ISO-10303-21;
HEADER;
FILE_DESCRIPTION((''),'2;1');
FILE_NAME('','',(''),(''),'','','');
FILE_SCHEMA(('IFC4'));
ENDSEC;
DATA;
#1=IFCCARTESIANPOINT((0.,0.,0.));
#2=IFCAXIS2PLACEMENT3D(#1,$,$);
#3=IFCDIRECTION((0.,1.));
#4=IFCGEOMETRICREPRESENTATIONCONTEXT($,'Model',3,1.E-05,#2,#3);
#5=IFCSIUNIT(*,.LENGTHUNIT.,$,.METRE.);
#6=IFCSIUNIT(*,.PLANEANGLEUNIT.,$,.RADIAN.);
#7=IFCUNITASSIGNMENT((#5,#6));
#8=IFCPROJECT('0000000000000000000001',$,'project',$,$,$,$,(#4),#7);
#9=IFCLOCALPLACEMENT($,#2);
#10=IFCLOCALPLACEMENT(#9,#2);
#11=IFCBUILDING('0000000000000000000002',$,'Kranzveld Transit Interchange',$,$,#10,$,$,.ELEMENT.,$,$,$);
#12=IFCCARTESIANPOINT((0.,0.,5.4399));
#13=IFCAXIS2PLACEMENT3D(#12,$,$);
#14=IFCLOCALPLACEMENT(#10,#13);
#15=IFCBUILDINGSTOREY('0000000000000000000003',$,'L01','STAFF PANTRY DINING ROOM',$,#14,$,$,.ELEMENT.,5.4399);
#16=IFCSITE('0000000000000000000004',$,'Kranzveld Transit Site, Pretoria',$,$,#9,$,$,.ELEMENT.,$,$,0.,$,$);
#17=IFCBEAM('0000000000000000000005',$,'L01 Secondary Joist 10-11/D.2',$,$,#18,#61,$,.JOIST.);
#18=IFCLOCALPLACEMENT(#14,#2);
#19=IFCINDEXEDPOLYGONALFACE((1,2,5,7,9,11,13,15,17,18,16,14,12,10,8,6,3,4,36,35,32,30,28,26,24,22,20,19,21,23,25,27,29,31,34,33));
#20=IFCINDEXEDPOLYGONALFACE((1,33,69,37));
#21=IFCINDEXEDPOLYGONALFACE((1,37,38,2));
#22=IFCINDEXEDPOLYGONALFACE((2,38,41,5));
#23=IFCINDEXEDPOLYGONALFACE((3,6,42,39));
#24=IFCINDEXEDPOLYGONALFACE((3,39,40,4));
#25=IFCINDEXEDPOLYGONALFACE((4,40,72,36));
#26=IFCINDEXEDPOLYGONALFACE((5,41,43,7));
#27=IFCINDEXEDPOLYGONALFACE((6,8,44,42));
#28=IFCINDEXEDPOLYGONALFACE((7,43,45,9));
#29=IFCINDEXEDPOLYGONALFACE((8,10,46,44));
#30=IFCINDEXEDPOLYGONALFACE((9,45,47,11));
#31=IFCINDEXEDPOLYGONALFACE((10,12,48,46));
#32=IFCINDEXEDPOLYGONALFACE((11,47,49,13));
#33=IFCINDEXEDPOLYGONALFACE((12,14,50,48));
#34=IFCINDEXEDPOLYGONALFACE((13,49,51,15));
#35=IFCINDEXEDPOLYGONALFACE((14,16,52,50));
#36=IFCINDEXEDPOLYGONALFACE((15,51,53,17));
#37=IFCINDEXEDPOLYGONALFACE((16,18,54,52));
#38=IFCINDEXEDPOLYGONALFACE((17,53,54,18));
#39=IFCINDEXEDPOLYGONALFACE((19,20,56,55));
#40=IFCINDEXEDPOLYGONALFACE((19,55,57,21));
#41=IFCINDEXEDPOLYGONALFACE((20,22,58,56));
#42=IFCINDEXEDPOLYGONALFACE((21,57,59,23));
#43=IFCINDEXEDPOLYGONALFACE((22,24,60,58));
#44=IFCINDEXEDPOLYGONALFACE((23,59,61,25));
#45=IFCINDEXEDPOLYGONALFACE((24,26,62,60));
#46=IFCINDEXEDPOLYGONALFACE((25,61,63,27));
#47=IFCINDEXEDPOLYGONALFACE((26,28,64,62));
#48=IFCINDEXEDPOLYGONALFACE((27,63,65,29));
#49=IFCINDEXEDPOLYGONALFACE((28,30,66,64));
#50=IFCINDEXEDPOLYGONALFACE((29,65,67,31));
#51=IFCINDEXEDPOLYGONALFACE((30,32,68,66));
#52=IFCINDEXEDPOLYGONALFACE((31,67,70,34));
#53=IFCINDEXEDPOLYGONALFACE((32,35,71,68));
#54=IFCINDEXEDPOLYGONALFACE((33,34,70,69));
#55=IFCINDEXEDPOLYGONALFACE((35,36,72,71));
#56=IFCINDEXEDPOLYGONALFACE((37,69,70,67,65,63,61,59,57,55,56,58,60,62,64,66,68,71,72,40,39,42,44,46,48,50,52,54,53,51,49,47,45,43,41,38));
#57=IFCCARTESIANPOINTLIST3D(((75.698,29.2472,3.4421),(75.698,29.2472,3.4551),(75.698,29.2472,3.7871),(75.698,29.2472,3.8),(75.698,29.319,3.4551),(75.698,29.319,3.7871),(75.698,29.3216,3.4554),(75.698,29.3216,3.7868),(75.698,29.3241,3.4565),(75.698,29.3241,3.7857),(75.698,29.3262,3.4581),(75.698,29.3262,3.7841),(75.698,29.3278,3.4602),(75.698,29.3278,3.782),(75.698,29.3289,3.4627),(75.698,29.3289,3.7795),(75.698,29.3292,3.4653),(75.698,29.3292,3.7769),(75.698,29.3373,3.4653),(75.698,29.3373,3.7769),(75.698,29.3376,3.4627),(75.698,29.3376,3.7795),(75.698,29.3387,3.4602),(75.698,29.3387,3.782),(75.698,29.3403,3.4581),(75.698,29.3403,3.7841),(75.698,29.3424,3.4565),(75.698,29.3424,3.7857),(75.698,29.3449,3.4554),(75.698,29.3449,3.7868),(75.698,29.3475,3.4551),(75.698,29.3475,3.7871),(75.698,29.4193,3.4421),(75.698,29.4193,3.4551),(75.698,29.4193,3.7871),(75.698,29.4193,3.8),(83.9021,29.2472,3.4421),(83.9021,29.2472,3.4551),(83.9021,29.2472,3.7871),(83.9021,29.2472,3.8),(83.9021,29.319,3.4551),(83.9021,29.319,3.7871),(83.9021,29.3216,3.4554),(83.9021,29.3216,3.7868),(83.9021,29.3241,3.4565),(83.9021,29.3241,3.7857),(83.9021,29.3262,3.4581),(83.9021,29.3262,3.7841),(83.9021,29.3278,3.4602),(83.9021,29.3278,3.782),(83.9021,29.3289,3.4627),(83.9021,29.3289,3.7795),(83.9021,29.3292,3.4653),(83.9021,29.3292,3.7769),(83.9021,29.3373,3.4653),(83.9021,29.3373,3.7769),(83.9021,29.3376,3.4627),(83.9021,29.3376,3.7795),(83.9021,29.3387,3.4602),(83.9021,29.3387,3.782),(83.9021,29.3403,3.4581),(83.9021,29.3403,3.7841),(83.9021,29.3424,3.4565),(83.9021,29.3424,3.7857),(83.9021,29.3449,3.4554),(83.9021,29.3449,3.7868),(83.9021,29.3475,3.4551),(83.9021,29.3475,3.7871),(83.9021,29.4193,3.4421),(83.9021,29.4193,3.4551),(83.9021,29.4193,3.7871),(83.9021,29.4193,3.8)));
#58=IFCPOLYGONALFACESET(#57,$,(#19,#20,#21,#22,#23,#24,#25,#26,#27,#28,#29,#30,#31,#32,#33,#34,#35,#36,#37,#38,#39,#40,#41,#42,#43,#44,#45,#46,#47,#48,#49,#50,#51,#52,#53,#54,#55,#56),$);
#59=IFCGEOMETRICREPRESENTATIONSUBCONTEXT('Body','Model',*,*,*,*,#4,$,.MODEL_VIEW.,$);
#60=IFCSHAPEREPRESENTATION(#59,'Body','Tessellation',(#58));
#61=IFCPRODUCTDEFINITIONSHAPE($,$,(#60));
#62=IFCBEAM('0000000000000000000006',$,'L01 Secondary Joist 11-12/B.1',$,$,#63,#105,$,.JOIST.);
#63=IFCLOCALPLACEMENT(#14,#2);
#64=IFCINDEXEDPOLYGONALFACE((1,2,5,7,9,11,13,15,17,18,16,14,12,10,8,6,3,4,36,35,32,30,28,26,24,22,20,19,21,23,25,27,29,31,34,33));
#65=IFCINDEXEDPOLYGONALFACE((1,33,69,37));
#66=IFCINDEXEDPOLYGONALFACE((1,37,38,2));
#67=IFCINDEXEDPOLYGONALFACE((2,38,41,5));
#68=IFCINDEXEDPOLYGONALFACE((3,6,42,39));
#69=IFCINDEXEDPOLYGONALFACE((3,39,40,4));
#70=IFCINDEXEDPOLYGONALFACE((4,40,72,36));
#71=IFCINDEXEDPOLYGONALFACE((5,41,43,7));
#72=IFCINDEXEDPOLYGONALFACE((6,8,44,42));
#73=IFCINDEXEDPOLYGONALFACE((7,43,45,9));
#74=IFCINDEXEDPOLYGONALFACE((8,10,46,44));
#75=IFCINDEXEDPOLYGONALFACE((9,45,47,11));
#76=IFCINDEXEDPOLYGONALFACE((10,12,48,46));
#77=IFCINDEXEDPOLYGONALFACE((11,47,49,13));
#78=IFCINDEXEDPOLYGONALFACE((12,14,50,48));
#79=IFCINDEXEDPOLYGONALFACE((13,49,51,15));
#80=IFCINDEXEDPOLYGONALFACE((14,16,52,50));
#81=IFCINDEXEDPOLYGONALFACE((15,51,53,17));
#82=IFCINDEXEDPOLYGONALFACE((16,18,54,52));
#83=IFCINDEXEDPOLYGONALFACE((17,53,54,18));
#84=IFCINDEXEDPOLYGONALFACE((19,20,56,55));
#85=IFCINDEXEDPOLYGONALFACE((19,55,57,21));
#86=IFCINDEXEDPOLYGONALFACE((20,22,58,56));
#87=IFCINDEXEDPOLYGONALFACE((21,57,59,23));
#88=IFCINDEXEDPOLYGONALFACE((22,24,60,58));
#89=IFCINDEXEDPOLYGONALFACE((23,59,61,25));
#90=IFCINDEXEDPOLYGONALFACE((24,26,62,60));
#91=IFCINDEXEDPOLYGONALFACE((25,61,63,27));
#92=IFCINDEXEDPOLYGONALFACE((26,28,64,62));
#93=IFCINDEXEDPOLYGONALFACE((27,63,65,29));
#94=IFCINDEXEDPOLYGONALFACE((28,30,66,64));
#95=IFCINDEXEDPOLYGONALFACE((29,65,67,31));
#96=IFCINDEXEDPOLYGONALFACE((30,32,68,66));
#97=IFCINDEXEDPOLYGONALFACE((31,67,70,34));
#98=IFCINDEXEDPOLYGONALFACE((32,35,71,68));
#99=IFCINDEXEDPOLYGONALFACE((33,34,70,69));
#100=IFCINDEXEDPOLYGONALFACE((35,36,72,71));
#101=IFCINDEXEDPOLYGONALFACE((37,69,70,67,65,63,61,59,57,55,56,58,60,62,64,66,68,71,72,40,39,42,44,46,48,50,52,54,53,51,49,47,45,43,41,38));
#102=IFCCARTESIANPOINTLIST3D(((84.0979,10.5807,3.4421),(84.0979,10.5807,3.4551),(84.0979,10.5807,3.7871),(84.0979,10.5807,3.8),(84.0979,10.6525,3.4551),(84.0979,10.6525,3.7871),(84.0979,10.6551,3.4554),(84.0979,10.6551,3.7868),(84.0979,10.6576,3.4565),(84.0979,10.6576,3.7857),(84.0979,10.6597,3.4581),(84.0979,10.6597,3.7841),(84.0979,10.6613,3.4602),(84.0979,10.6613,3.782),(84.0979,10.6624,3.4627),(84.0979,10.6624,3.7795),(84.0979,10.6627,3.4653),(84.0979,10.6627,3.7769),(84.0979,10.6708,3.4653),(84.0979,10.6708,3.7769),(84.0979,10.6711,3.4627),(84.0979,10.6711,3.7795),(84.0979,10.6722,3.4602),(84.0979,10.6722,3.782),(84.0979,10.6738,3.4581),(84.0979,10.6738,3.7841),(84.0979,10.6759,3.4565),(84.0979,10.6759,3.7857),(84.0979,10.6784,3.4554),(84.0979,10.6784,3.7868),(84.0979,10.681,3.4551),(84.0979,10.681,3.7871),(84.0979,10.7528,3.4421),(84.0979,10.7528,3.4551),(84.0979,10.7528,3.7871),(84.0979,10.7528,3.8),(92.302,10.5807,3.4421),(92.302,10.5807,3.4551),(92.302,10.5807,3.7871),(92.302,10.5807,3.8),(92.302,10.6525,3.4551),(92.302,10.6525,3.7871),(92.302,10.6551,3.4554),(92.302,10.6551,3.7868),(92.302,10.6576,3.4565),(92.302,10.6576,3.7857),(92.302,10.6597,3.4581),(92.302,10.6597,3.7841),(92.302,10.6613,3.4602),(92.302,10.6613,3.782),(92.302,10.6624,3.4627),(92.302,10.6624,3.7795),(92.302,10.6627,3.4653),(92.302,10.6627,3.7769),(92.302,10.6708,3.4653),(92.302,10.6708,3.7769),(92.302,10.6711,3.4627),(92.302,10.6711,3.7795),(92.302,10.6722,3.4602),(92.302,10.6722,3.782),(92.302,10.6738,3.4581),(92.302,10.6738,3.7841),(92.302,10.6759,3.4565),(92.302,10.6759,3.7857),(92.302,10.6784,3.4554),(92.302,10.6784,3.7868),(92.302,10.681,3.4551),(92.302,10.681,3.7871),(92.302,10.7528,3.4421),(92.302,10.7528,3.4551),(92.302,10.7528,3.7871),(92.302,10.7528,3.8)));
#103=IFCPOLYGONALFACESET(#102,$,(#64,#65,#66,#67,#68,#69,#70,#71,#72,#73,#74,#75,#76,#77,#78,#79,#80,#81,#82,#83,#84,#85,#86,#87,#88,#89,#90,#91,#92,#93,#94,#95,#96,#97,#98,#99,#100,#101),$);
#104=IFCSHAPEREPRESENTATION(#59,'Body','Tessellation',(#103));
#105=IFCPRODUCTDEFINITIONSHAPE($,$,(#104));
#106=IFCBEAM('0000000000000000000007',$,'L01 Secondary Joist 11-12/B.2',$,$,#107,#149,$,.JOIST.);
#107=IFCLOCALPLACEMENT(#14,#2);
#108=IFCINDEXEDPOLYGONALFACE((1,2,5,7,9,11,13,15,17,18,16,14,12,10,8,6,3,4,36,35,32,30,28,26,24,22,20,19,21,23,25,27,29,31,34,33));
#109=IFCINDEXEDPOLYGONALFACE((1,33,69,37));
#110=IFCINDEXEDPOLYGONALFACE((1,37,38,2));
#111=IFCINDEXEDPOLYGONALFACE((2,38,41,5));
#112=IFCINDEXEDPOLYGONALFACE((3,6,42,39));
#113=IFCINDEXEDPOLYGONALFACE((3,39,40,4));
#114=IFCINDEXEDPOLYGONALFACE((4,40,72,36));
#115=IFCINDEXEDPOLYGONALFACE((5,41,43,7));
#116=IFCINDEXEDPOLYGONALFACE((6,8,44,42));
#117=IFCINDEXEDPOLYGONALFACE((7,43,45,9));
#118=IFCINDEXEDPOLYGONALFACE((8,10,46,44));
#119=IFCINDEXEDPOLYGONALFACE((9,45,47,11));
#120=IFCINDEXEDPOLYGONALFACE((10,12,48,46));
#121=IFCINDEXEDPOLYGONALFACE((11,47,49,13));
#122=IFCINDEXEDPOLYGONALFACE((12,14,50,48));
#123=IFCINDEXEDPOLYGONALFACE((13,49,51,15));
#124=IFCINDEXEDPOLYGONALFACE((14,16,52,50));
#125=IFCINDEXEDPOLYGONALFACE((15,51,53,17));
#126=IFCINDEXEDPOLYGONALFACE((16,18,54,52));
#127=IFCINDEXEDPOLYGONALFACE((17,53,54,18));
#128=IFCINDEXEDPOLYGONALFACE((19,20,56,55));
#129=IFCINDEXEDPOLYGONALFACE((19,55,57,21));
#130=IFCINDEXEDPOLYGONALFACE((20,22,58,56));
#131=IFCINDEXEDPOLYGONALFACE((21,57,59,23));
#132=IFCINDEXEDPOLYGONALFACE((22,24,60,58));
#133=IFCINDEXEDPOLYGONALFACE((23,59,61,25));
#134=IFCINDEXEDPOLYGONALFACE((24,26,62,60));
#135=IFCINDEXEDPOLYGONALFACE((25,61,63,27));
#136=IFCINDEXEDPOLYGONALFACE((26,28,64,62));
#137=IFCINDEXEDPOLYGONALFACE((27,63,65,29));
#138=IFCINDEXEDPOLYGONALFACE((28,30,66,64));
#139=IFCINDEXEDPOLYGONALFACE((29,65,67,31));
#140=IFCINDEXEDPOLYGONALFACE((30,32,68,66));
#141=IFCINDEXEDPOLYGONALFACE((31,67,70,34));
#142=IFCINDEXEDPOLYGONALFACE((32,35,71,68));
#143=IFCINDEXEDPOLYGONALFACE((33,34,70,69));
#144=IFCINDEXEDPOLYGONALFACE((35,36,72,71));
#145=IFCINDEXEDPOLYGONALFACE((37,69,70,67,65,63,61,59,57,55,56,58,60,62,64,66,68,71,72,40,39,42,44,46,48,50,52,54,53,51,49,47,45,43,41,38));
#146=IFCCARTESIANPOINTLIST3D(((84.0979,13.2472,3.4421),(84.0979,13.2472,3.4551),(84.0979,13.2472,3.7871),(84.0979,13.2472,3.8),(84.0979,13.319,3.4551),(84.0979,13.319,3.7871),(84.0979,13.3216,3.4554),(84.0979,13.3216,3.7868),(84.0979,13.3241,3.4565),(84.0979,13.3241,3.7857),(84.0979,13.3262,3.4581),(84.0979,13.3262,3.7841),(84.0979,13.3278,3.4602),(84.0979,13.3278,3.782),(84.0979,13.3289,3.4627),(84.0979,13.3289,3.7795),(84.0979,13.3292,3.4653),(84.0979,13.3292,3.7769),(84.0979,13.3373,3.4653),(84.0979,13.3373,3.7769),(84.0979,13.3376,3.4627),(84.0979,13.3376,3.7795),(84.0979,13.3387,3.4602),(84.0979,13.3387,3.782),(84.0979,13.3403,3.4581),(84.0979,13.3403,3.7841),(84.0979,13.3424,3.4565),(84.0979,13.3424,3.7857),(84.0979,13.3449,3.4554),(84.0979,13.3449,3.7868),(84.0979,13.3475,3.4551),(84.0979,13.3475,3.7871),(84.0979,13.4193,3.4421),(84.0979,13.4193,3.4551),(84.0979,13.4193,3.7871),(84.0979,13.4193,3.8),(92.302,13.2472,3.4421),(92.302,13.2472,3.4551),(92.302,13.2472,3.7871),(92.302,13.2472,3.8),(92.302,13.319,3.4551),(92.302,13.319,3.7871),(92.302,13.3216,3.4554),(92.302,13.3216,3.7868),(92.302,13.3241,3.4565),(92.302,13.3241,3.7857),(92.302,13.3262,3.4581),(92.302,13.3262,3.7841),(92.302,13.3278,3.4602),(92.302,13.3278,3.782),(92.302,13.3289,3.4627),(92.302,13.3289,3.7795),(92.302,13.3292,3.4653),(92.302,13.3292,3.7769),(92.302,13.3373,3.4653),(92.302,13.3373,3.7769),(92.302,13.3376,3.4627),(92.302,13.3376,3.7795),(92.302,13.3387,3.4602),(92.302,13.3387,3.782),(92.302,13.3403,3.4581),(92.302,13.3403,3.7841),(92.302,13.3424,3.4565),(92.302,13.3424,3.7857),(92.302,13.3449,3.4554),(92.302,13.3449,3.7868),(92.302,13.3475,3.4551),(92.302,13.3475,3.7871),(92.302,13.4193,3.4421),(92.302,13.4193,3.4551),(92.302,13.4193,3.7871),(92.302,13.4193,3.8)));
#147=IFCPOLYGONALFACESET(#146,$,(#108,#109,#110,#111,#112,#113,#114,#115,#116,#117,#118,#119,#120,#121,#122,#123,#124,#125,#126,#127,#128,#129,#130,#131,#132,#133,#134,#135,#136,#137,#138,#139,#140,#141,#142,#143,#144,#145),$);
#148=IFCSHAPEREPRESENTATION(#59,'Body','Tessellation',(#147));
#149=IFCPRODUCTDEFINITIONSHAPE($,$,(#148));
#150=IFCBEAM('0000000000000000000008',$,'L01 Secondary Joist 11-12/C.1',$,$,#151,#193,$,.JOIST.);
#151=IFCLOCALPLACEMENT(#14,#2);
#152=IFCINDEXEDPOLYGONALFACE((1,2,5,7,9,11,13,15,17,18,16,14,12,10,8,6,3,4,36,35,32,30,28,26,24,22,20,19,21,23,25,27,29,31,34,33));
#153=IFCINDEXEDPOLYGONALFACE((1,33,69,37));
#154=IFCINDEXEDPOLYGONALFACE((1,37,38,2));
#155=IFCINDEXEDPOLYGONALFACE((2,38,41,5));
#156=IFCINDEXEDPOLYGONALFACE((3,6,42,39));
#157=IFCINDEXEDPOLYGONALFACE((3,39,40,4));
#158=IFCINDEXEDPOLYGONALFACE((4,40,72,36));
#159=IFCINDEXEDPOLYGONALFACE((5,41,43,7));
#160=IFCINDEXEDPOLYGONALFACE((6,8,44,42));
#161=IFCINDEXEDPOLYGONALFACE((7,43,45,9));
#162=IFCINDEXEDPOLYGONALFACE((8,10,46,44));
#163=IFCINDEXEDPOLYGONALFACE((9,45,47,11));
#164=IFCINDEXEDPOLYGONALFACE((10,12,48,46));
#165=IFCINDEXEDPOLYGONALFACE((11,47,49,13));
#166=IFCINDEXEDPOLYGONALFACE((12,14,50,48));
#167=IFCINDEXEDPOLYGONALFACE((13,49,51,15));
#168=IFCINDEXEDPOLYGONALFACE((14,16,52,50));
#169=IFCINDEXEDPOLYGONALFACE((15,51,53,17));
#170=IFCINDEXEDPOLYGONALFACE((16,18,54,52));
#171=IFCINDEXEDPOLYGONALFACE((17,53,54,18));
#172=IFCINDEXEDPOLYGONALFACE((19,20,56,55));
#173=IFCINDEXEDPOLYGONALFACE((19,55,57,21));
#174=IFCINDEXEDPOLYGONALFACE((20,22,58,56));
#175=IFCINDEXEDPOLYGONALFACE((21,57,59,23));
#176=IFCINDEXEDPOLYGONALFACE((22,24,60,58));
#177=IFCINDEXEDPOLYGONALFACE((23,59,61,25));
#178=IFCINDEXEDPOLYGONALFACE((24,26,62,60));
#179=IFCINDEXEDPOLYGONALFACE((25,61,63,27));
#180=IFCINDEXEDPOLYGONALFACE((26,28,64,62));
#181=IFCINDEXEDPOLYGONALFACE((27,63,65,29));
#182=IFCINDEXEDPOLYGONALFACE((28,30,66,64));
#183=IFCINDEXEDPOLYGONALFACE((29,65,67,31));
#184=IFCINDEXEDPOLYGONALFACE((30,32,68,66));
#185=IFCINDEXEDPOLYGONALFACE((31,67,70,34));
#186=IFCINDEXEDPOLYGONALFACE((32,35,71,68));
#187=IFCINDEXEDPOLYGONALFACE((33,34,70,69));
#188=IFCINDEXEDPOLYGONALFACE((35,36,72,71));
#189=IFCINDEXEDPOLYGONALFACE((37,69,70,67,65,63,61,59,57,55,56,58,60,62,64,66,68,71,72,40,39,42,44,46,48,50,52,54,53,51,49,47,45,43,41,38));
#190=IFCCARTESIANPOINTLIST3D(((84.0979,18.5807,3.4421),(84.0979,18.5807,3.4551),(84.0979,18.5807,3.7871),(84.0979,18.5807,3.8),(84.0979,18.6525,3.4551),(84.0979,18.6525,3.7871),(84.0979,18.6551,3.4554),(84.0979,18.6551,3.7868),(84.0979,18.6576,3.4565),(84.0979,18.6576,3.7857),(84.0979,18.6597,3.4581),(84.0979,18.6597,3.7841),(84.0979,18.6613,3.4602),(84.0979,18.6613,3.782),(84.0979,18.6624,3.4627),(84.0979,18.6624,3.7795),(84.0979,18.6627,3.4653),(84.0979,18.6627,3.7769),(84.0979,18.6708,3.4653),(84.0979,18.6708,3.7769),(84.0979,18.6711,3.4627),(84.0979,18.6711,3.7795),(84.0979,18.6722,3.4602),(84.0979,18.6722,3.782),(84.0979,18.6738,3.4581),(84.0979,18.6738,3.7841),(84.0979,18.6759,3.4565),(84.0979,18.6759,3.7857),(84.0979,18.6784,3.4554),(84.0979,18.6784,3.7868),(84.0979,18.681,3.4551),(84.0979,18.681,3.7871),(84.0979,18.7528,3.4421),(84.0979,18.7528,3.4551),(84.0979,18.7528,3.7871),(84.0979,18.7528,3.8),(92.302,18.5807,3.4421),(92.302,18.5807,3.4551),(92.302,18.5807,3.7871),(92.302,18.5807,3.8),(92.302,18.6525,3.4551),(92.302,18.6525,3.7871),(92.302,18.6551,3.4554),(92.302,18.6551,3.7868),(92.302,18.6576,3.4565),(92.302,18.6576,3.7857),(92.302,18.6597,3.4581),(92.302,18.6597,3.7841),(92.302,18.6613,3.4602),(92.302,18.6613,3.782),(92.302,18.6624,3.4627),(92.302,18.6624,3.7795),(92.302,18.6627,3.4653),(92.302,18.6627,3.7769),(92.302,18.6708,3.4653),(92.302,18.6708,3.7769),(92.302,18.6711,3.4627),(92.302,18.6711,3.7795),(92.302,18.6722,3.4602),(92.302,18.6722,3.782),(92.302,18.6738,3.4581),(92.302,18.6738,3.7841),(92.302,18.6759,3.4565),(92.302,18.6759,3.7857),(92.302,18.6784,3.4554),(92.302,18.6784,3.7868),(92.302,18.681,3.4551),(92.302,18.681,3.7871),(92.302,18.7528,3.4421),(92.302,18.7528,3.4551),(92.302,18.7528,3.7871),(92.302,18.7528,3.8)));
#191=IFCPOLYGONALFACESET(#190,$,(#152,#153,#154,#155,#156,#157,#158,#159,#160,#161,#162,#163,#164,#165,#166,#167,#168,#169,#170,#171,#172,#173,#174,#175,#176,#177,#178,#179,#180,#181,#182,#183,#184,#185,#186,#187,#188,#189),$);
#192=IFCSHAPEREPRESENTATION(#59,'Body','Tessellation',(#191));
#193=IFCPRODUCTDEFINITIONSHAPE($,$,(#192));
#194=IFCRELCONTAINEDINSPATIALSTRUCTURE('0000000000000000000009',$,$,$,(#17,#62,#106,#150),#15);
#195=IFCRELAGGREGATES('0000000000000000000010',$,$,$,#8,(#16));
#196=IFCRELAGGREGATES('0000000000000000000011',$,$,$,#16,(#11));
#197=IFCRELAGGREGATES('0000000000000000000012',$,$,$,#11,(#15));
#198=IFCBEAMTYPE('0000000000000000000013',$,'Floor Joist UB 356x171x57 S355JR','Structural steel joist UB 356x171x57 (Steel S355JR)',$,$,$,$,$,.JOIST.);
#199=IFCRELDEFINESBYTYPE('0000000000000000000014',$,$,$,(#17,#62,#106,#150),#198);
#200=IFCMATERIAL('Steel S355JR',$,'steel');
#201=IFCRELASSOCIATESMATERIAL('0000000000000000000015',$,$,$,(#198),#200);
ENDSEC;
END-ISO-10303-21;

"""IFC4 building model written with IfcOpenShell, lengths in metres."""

from ifc_helpers import new_model, si_unit, direction, frame, origin, origin_2d, place, context, subcontext, project, spatial, i_section, extrude, material, material_profile, profile_set, type_object, element, save


model = new_model("IFC4")

# Units and contexts
model_context = context("Model", 3, precision=1e-05, world=origin(), true_north=direction((0.0, 1.0)))
body_context = subcontext(model_context, "Body", "Model", "MODEL_VIEW")
ifc_project = project(units=[si_unit("LENGTHUNIT", "METRE"), si_unit("PLANEANGLEUNIT", "RADIAN")], contexts=[model_context])

# Site, building, storey
site_placement = place(None, origin())
site = spatial("IfcSite", under=ifc_project, at=site_placement, Name="Kranzveld Transit Site, Pretoria", CompositionType="ELEMENT", RefElevation=0.0)
building_placement = place(site_placement, origin())
building = spatial("IfcBuilding", under=site, at=building_placement, Name="Kranzveld Transit Interchange", CompositionType="ELEMENT")
storey_placement = place(building_placement, frame((0.0, 0.0, 5.4399)))
storey = spatial("IfcBuildingStorey", under=building, at=storey_placement, Name="L01", Description="STAFF PANTRY DINING ROOM", CompositionType="ELEMENT", Elevation=5.4399)

# Beams
ifc_material_1 = material(Name="Steel S355JR", Category="steel")
ifc_material_profile_1 = material_profile(ifc_material_1, i_section(OverallWidth=0.1721, OverallDepth=0.3579, WebThickness=0.0081, FlangeThickness=0.0129, FilletRadius=0.0103, at=origin_2d()), Name="UB 356x171x57")
ifc_profile_set_1 = profile_set([ifc_material_profile_1], Name="Steel S355JR")
beam_type_1 = type_object("IfcBeamType", Name="Floor Joist UB 356x171x57 S355JR", Description="Structural steel joist UB 356x171x57 (Steel S355JR)", PredefinedType="JOIST", material=ifc_profile_set_1)
for number, where, z_axis, x_axis, name in (
    (1, (75.698, 29.3333, 3.6211), (1.0, 0.0, 0.0), (0.0, 1.0, 0.0), "L01 Secondary Joist 10-11/D.2"),
    (2, (84.0979, 10.6667, 3.6211), (1.0, 0.0, 0.0), (0.0, 1.0, 0.0), "L01 Secondary Joist 11-12/B.1"),
    (3, (84.0979, 13.3333, 3.6211), (1.0, 0.0, 0.0), (0.0, 1.0, 0.0), "L01 Secondary Joist 11-12/B.2"),
    (4, (84.0979, 18.6667, 3.6211), (1.0, 0.0, 0.0), (0.0, 1.0, 0.0), "L01 Secondary Joist 11-12/C.1"),
):
    element("IfcBeam", number, at=place(storey_placement, frame(where, z_axis=z_axis, x_axis=x_axis)), inside=storey, type_object=beam_type_1, Name=name, PredefinedType="JOIST", context=body_context, shape_type="SweptSolid", body=[
        extrude(i_section(OverallWidth=0.1721, OverallDepth=0.3579, WebThickness=0.0081, FlangeThickness=0.0129, FilletRadius=0.0103, at=origin_2d()), origin(), (0.0, 0.0, 1.0), 8.2041),
    ])

save(model, "model.ifc")
